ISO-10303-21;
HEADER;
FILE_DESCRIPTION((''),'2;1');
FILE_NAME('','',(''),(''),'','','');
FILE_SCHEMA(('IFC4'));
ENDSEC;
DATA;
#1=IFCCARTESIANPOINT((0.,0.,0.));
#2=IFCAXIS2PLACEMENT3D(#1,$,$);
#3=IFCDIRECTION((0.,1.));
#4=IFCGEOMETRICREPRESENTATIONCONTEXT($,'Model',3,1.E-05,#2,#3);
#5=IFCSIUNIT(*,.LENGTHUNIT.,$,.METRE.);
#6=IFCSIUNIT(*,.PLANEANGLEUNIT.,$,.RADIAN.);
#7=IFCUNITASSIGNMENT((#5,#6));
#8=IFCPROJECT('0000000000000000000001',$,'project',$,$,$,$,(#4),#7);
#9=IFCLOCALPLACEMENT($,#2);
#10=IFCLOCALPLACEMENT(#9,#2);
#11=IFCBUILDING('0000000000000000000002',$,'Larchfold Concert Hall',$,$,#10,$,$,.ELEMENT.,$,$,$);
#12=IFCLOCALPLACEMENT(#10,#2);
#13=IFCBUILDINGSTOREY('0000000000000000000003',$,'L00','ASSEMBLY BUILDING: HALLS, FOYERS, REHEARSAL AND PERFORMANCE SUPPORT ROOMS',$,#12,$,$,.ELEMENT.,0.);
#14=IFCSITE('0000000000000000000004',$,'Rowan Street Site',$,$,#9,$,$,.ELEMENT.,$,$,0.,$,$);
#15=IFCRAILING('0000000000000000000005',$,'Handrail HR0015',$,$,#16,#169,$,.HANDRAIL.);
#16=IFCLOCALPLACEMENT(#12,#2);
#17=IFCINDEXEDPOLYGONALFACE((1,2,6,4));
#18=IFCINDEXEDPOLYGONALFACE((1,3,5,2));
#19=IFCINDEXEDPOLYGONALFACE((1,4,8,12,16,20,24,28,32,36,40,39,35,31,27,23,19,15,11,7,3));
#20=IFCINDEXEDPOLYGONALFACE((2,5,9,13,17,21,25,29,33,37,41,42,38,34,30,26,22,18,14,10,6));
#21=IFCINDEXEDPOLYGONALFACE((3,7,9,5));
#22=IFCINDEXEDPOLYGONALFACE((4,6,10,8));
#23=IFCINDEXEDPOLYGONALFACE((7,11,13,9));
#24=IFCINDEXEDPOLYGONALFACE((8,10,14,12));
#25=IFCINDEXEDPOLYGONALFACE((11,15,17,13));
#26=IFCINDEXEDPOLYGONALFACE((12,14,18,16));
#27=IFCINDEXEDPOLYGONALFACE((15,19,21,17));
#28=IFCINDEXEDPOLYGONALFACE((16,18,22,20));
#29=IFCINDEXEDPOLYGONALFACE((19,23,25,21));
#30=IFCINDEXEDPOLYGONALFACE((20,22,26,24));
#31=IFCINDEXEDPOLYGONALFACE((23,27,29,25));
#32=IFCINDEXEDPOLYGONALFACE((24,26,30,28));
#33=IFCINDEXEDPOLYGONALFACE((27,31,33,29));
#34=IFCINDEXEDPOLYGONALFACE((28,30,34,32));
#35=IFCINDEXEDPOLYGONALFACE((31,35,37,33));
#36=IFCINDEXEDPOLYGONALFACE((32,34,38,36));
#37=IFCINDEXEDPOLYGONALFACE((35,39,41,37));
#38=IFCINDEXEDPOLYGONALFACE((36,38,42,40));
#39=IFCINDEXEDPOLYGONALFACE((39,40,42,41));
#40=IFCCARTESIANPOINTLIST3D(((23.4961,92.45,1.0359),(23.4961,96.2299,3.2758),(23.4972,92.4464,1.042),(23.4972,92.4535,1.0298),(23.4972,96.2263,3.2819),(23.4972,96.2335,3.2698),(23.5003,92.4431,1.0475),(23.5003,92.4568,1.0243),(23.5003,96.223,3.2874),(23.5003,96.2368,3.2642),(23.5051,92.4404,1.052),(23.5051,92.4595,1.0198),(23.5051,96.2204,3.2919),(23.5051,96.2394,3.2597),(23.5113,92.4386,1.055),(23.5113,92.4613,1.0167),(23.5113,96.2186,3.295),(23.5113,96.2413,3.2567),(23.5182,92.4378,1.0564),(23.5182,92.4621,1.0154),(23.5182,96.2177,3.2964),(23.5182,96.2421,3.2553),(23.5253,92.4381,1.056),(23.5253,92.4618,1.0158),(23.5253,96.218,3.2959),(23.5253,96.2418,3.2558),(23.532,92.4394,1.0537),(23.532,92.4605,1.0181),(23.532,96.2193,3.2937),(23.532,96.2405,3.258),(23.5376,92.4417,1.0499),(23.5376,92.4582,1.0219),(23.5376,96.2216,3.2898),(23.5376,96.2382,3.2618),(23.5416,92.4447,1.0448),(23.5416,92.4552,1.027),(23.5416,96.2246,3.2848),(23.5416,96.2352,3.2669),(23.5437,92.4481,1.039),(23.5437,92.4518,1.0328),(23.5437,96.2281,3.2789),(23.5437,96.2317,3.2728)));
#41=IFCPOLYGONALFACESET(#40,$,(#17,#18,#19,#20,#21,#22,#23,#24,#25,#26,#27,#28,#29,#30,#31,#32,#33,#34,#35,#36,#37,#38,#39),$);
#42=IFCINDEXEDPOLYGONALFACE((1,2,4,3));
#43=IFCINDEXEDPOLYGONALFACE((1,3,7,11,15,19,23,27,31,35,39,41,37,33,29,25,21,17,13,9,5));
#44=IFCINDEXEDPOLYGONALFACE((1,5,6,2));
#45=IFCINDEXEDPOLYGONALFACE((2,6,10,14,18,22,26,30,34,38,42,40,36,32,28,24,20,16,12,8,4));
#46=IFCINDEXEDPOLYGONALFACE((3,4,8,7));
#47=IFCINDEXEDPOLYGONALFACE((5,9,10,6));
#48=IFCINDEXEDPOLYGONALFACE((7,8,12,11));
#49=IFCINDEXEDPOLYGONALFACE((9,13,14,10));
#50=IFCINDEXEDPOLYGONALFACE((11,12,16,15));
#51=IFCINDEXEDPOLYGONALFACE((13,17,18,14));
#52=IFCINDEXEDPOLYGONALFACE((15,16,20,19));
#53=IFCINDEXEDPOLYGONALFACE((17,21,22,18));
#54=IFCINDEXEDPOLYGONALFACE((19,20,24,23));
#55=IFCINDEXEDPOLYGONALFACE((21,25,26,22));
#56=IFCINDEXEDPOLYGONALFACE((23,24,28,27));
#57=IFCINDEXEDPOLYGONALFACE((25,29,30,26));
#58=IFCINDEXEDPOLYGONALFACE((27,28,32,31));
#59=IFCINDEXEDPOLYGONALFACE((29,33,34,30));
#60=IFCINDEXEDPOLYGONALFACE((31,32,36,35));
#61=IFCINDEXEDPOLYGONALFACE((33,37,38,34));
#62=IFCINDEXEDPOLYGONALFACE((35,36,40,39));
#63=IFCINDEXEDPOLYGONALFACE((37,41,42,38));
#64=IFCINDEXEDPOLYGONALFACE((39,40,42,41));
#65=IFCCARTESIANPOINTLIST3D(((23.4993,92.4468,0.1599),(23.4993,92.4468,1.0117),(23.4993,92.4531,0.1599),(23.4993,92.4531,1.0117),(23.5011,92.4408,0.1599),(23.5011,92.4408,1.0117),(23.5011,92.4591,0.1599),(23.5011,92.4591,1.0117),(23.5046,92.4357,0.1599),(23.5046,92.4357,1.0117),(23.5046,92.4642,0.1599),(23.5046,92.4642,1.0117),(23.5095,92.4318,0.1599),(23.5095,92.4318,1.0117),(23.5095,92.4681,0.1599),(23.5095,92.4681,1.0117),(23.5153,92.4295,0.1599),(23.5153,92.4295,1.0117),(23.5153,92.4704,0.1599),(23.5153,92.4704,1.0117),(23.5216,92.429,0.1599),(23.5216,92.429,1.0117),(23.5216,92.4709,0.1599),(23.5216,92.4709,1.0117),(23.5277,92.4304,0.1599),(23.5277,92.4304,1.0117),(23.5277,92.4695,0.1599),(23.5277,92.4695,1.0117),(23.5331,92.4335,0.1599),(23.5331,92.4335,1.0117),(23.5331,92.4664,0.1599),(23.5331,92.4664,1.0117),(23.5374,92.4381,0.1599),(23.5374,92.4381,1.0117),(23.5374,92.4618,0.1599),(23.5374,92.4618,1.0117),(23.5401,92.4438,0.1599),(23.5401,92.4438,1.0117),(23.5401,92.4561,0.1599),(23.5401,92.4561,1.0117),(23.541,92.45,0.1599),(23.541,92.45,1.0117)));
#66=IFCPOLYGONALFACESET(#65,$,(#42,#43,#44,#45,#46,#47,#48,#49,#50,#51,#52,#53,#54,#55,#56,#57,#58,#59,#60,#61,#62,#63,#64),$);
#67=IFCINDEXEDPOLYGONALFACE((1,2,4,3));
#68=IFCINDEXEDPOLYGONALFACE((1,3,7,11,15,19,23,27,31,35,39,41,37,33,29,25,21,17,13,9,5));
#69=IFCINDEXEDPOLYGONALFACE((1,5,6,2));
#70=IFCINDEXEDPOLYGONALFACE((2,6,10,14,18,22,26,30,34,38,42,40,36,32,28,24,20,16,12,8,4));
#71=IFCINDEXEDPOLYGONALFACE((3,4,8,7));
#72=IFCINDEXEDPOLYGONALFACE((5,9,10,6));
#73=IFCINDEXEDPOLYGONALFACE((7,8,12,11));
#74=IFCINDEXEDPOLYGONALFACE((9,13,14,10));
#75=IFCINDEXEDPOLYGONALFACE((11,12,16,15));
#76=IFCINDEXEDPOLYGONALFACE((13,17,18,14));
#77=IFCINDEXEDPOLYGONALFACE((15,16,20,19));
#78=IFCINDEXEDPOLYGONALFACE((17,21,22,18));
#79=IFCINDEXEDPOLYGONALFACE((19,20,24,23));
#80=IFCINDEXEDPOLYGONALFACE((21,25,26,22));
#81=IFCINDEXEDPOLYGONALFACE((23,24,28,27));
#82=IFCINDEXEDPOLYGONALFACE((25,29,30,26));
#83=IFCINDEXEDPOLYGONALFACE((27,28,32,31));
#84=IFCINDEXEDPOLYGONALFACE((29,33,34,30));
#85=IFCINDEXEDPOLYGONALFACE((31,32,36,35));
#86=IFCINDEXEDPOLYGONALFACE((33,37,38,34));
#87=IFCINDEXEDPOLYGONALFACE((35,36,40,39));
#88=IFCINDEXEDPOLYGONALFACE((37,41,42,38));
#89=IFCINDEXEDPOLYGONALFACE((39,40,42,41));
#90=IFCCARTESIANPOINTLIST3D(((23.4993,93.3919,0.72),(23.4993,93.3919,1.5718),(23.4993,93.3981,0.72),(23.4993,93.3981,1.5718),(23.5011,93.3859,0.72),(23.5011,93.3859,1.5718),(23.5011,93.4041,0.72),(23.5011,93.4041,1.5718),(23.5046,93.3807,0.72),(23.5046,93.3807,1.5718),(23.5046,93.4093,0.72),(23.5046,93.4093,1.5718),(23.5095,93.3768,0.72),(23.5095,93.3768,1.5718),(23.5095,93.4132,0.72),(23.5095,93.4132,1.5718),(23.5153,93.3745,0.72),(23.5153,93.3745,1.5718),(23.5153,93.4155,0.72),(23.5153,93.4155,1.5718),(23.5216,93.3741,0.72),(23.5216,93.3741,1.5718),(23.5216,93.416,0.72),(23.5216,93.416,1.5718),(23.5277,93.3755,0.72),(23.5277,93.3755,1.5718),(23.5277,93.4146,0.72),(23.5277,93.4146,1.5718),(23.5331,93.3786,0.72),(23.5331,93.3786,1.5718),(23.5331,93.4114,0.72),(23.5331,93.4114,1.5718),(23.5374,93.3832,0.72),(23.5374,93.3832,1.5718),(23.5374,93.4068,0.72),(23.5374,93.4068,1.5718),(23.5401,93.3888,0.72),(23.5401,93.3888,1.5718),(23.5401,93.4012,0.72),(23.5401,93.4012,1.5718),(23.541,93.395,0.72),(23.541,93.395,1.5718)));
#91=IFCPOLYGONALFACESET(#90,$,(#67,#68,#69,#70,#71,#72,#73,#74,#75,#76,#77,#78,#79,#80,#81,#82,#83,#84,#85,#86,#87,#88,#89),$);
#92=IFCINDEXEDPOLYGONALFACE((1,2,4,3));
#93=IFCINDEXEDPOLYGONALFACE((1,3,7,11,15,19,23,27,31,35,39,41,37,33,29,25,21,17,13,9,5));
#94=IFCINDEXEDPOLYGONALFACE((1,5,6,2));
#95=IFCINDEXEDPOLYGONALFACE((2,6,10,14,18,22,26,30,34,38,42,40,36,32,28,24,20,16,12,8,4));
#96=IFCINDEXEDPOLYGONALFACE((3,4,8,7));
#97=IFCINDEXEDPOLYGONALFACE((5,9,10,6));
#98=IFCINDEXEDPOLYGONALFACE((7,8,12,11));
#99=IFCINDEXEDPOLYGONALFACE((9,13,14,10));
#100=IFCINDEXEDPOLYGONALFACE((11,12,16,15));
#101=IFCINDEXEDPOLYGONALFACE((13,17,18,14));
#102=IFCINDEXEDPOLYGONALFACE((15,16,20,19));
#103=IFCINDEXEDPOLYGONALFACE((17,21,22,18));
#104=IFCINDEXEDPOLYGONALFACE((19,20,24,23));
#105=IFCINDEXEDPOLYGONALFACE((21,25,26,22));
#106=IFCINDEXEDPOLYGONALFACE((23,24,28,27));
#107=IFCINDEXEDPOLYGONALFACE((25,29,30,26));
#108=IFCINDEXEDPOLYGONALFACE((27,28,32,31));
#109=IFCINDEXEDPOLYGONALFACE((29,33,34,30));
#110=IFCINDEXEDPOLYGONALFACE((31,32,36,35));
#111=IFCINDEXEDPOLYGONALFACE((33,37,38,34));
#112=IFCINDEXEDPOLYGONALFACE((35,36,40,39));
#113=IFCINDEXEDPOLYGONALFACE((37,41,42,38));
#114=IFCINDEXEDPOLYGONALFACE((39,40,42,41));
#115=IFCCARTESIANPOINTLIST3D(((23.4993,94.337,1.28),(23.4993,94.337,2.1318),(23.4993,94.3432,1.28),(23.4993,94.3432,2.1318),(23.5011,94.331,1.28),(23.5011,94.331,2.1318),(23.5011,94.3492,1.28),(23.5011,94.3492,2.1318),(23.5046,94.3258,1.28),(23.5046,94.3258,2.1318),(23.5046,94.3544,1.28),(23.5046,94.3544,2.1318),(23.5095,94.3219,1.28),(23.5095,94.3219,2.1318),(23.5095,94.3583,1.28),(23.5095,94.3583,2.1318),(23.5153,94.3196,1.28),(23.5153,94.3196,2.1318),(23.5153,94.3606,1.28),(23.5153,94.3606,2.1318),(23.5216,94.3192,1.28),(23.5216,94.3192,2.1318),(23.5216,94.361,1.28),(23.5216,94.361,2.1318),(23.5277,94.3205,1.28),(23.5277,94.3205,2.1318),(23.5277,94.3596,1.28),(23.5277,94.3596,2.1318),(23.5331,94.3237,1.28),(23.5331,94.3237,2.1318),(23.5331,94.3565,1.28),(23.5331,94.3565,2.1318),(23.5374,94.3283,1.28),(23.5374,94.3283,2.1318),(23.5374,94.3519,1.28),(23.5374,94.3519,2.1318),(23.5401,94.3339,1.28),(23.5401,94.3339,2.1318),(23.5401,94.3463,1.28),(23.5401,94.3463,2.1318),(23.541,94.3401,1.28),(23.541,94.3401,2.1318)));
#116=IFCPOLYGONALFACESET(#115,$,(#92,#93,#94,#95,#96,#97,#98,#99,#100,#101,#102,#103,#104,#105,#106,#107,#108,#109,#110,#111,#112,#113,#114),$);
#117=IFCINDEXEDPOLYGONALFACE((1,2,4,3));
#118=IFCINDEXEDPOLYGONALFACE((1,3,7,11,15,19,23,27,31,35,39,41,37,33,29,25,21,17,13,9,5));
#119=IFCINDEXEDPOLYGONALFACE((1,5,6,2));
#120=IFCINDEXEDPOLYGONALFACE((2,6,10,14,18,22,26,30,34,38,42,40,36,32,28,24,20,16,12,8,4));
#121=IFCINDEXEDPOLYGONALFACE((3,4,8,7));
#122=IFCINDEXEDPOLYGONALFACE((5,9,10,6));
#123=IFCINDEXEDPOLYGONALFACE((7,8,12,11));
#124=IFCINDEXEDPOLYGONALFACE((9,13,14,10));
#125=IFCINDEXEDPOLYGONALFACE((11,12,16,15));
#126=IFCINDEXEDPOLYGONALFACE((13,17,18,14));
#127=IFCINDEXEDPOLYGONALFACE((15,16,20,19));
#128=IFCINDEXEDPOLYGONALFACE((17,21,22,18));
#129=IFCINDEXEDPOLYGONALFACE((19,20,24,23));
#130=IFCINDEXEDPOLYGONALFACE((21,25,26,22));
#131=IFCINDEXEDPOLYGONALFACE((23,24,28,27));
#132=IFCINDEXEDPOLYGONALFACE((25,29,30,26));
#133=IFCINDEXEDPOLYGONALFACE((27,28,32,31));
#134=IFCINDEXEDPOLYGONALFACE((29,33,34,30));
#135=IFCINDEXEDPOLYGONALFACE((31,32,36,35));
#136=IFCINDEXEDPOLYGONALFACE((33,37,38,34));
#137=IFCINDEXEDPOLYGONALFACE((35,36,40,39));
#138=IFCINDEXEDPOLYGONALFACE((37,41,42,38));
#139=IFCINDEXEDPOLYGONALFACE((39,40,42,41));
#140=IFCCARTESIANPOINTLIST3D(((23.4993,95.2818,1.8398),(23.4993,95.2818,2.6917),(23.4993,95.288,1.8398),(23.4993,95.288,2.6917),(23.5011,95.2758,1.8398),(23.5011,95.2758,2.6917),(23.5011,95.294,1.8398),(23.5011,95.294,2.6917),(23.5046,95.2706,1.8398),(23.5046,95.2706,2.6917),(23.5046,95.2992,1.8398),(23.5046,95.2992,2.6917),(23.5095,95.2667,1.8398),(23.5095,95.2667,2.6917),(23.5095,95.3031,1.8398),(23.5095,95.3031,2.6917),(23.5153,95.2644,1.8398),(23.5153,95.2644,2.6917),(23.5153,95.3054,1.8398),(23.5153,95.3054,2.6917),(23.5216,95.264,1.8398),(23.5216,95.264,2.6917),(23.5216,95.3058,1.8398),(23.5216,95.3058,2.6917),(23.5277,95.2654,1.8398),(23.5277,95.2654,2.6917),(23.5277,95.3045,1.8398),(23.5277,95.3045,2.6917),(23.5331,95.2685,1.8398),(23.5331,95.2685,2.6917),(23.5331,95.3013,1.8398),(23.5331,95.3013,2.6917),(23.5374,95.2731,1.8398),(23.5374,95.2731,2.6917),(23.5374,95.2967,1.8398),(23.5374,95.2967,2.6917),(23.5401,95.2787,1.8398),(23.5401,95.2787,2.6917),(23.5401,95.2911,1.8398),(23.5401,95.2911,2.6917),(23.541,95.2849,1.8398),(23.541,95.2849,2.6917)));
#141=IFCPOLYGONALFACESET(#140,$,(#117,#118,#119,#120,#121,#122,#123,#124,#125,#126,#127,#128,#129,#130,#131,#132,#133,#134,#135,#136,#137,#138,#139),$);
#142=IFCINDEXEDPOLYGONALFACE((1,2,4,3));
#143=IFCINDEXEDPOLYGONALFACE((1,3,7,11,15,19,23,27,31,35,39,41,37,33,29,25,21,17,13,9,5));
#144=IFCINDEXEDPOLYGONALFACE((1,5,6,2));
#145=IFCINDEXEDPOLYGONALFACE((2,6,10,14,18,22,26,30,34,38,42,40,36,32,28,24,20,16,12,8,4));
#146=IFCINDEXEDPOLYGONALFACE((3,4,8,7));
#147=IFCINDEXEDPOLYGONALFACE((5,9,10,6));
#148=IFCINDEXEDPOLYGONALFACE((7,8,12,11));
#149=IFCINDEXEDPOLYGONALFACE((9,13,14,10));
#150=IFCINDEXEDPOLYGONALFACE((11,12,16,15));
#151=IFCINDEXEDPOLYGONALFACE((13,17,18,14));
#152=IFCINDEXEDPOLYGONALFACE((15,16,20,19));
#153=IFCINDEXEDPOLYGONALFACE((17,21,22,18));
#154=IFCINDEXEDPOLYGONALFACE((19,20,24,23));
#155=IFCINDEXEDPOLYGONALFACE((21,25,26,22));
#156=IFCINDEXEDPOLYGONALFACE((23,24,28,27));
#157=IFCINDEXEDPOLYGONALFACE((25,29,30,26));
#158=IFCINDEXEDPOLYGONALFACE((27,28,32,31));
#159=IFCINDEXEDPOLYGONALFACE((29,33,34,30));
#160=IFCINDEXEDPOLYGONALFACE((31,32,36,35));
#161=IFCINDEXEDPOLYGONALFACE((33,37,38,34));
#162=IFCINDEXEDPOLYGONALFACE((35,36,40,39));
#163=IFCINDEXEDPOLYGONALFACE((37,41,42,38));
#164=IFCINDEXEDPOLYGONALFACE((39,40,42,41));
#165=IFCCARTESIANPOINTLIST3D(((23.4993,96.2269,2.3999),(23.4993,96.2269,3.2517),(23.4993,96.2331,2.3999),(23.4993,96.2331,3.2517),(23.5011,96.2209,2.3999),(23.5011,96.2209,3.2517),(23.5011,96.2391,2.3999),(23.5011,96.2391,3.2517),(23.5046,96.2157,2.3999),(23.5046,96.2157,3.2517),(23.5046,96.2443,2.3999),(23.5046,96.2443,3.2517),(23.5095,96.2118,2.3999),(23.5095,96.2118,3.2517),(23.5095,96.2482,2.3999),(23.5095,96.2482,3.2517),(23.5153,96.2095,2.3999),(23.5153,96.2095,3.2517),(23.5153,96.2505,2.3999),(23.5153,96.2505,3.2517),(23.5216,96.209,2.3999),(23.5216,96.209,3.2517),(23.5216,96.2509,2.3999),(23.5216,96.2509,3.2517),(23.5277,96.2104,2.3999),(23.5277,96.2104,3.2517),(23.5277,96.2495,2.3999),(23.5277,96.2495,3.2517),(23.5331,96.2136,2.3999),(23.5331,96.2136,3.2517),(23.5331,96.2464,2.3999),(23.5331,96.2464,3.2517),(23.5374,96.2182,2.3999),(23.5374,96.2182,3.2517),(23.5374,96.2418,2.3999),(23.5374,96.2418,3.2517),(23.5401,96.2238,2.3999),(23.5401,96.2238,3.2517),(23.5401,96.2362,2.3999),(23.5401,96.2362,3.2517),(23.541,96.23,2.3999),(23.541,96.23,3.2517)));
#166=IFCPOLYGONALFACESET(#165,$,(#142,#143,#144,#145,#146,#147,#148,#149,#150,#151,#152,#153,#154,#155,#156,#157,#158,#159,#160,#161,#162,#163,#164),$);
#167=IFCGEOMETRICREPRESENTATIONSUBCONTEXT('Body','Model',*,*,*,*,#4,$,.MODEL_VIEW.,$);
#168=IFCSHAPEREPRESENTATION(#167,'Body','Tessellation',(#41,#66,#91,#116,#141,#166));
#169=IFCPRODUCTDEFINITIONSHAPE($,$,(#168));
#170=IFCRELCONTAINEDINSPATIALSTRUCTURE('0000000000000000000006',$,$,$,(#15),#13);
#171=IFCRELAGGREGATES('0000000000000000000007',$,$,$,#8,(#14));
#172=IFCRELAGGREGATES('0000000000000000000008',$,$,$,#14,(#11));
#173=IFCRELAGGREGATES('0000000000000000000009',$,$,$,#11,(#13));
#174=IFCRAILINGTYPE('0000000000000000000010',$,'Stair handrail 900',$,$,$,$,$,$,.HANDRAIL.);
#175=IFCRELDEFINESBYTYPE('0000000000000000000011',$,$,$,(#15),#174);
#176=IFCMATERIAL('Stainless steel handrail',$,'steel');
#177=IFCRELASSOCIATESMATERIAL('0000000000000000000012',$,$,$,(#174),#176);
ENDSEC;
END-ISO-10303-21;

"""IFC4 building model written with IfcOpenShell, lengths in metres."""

from ifc_helpers import new_model, si_unit, direction, frame, origin, origin_2d, place, context, subcontext, project, spatial, circle, extrude, material, type_object, element, save


model = new_model("IFC4")

# Units and contexts
model_context = context("Model", 3, precision=1e-05, world=origin(), true_north=direction((0.0, 1.0)))
body_context = subcontext(model_context, "Body", "Model", "MODEL_VIEW")
ifc_project = project(units=[si_unit("LENGTHUNIT", "METRE"), si_unit("PLANEANGLEUNIT", "RADIAN")], contexts=[model_context])

# Site, building, storey
site_placement = place(None, origin())
site = spatial("IfcSite", under=ifc_project, at=site_placement, Name="Rowan Street Site", CompositionType="ELEMENT", RefElevation=0.0)
building_placement = place(site_placement, origin())
building = spatial("IfcBuilding", under=site, at=building_placement, Name="Larchfold Concert Hall", CompositionType="ELEMENT")
storey_placement = place(building_placement, origin())
storey = spatial("IfcBuildingStorey", under=building, at=storey_placement, Name="L00", Description="ASSEMBLY BUILDING: HALLS, FOYERS, REHEARSAL AND PERFORMANCE SUPPORT ROOMS", CompositionType="ELEMENT", Elevation=0.0)

# Railing
ifc_material_1 = material(Name="Stainless steel handrail", Category="steel")
railing_type_1 = type_object("IfcRailingType", Name="Stair handrail 900", PredefinedType="HANDRAIL", material=ifc_material_1)
railing_1_placement = place(storey_placement, frame((23.52, 92.45, 0.1599)))
element("IfcRailing", 1, at=railing_1_placement, inside=storey, type_object=railing_type_1, Name="Handrail HR0015", PredefinedType="HANDRAIL", context=body_context, shape_type="SweptSolid", body=[
    extrude(circle(Radius=0.0239, at=origin_2d()), frame((0.0, 0.0, 0.876), z_axis=(0.0, 0.860294, 0.509798), x_axis=(-1.0, 0.0, 0.0)), (0.0, 0.0, 1.0), 4.3938),
    extrude(circle(Radius=0.021, at=origin_2d()), origin(), (0.0, 0.0, 1.0), 0.8518),
    extrude(circle(Radius=0.021, at=origin_2d()), frame((0.0, 0.9451, 0.5601)), (0.0, 0.0, 1.0), 0.8518),
    extrude(circle(Radius=0.021, at=origin_2d()), frame((0.0, 1.8901, 1.1201)), (0.0, 0.0, 1.0), 0.8518),
    extrude(circle(Radius=0.021, at=origin_2d()), frame((0.0, 2.835, 1.6799)), (0.0, 0.0, 1.0), 0.8518),
    extrude(circle(Radius=0.021, at=origin_2d()), frame((0.0, 3.78, 2.24)), (0.0, 0.0, 1.0), 0.8518),
])

save(model, "model.ifc")
